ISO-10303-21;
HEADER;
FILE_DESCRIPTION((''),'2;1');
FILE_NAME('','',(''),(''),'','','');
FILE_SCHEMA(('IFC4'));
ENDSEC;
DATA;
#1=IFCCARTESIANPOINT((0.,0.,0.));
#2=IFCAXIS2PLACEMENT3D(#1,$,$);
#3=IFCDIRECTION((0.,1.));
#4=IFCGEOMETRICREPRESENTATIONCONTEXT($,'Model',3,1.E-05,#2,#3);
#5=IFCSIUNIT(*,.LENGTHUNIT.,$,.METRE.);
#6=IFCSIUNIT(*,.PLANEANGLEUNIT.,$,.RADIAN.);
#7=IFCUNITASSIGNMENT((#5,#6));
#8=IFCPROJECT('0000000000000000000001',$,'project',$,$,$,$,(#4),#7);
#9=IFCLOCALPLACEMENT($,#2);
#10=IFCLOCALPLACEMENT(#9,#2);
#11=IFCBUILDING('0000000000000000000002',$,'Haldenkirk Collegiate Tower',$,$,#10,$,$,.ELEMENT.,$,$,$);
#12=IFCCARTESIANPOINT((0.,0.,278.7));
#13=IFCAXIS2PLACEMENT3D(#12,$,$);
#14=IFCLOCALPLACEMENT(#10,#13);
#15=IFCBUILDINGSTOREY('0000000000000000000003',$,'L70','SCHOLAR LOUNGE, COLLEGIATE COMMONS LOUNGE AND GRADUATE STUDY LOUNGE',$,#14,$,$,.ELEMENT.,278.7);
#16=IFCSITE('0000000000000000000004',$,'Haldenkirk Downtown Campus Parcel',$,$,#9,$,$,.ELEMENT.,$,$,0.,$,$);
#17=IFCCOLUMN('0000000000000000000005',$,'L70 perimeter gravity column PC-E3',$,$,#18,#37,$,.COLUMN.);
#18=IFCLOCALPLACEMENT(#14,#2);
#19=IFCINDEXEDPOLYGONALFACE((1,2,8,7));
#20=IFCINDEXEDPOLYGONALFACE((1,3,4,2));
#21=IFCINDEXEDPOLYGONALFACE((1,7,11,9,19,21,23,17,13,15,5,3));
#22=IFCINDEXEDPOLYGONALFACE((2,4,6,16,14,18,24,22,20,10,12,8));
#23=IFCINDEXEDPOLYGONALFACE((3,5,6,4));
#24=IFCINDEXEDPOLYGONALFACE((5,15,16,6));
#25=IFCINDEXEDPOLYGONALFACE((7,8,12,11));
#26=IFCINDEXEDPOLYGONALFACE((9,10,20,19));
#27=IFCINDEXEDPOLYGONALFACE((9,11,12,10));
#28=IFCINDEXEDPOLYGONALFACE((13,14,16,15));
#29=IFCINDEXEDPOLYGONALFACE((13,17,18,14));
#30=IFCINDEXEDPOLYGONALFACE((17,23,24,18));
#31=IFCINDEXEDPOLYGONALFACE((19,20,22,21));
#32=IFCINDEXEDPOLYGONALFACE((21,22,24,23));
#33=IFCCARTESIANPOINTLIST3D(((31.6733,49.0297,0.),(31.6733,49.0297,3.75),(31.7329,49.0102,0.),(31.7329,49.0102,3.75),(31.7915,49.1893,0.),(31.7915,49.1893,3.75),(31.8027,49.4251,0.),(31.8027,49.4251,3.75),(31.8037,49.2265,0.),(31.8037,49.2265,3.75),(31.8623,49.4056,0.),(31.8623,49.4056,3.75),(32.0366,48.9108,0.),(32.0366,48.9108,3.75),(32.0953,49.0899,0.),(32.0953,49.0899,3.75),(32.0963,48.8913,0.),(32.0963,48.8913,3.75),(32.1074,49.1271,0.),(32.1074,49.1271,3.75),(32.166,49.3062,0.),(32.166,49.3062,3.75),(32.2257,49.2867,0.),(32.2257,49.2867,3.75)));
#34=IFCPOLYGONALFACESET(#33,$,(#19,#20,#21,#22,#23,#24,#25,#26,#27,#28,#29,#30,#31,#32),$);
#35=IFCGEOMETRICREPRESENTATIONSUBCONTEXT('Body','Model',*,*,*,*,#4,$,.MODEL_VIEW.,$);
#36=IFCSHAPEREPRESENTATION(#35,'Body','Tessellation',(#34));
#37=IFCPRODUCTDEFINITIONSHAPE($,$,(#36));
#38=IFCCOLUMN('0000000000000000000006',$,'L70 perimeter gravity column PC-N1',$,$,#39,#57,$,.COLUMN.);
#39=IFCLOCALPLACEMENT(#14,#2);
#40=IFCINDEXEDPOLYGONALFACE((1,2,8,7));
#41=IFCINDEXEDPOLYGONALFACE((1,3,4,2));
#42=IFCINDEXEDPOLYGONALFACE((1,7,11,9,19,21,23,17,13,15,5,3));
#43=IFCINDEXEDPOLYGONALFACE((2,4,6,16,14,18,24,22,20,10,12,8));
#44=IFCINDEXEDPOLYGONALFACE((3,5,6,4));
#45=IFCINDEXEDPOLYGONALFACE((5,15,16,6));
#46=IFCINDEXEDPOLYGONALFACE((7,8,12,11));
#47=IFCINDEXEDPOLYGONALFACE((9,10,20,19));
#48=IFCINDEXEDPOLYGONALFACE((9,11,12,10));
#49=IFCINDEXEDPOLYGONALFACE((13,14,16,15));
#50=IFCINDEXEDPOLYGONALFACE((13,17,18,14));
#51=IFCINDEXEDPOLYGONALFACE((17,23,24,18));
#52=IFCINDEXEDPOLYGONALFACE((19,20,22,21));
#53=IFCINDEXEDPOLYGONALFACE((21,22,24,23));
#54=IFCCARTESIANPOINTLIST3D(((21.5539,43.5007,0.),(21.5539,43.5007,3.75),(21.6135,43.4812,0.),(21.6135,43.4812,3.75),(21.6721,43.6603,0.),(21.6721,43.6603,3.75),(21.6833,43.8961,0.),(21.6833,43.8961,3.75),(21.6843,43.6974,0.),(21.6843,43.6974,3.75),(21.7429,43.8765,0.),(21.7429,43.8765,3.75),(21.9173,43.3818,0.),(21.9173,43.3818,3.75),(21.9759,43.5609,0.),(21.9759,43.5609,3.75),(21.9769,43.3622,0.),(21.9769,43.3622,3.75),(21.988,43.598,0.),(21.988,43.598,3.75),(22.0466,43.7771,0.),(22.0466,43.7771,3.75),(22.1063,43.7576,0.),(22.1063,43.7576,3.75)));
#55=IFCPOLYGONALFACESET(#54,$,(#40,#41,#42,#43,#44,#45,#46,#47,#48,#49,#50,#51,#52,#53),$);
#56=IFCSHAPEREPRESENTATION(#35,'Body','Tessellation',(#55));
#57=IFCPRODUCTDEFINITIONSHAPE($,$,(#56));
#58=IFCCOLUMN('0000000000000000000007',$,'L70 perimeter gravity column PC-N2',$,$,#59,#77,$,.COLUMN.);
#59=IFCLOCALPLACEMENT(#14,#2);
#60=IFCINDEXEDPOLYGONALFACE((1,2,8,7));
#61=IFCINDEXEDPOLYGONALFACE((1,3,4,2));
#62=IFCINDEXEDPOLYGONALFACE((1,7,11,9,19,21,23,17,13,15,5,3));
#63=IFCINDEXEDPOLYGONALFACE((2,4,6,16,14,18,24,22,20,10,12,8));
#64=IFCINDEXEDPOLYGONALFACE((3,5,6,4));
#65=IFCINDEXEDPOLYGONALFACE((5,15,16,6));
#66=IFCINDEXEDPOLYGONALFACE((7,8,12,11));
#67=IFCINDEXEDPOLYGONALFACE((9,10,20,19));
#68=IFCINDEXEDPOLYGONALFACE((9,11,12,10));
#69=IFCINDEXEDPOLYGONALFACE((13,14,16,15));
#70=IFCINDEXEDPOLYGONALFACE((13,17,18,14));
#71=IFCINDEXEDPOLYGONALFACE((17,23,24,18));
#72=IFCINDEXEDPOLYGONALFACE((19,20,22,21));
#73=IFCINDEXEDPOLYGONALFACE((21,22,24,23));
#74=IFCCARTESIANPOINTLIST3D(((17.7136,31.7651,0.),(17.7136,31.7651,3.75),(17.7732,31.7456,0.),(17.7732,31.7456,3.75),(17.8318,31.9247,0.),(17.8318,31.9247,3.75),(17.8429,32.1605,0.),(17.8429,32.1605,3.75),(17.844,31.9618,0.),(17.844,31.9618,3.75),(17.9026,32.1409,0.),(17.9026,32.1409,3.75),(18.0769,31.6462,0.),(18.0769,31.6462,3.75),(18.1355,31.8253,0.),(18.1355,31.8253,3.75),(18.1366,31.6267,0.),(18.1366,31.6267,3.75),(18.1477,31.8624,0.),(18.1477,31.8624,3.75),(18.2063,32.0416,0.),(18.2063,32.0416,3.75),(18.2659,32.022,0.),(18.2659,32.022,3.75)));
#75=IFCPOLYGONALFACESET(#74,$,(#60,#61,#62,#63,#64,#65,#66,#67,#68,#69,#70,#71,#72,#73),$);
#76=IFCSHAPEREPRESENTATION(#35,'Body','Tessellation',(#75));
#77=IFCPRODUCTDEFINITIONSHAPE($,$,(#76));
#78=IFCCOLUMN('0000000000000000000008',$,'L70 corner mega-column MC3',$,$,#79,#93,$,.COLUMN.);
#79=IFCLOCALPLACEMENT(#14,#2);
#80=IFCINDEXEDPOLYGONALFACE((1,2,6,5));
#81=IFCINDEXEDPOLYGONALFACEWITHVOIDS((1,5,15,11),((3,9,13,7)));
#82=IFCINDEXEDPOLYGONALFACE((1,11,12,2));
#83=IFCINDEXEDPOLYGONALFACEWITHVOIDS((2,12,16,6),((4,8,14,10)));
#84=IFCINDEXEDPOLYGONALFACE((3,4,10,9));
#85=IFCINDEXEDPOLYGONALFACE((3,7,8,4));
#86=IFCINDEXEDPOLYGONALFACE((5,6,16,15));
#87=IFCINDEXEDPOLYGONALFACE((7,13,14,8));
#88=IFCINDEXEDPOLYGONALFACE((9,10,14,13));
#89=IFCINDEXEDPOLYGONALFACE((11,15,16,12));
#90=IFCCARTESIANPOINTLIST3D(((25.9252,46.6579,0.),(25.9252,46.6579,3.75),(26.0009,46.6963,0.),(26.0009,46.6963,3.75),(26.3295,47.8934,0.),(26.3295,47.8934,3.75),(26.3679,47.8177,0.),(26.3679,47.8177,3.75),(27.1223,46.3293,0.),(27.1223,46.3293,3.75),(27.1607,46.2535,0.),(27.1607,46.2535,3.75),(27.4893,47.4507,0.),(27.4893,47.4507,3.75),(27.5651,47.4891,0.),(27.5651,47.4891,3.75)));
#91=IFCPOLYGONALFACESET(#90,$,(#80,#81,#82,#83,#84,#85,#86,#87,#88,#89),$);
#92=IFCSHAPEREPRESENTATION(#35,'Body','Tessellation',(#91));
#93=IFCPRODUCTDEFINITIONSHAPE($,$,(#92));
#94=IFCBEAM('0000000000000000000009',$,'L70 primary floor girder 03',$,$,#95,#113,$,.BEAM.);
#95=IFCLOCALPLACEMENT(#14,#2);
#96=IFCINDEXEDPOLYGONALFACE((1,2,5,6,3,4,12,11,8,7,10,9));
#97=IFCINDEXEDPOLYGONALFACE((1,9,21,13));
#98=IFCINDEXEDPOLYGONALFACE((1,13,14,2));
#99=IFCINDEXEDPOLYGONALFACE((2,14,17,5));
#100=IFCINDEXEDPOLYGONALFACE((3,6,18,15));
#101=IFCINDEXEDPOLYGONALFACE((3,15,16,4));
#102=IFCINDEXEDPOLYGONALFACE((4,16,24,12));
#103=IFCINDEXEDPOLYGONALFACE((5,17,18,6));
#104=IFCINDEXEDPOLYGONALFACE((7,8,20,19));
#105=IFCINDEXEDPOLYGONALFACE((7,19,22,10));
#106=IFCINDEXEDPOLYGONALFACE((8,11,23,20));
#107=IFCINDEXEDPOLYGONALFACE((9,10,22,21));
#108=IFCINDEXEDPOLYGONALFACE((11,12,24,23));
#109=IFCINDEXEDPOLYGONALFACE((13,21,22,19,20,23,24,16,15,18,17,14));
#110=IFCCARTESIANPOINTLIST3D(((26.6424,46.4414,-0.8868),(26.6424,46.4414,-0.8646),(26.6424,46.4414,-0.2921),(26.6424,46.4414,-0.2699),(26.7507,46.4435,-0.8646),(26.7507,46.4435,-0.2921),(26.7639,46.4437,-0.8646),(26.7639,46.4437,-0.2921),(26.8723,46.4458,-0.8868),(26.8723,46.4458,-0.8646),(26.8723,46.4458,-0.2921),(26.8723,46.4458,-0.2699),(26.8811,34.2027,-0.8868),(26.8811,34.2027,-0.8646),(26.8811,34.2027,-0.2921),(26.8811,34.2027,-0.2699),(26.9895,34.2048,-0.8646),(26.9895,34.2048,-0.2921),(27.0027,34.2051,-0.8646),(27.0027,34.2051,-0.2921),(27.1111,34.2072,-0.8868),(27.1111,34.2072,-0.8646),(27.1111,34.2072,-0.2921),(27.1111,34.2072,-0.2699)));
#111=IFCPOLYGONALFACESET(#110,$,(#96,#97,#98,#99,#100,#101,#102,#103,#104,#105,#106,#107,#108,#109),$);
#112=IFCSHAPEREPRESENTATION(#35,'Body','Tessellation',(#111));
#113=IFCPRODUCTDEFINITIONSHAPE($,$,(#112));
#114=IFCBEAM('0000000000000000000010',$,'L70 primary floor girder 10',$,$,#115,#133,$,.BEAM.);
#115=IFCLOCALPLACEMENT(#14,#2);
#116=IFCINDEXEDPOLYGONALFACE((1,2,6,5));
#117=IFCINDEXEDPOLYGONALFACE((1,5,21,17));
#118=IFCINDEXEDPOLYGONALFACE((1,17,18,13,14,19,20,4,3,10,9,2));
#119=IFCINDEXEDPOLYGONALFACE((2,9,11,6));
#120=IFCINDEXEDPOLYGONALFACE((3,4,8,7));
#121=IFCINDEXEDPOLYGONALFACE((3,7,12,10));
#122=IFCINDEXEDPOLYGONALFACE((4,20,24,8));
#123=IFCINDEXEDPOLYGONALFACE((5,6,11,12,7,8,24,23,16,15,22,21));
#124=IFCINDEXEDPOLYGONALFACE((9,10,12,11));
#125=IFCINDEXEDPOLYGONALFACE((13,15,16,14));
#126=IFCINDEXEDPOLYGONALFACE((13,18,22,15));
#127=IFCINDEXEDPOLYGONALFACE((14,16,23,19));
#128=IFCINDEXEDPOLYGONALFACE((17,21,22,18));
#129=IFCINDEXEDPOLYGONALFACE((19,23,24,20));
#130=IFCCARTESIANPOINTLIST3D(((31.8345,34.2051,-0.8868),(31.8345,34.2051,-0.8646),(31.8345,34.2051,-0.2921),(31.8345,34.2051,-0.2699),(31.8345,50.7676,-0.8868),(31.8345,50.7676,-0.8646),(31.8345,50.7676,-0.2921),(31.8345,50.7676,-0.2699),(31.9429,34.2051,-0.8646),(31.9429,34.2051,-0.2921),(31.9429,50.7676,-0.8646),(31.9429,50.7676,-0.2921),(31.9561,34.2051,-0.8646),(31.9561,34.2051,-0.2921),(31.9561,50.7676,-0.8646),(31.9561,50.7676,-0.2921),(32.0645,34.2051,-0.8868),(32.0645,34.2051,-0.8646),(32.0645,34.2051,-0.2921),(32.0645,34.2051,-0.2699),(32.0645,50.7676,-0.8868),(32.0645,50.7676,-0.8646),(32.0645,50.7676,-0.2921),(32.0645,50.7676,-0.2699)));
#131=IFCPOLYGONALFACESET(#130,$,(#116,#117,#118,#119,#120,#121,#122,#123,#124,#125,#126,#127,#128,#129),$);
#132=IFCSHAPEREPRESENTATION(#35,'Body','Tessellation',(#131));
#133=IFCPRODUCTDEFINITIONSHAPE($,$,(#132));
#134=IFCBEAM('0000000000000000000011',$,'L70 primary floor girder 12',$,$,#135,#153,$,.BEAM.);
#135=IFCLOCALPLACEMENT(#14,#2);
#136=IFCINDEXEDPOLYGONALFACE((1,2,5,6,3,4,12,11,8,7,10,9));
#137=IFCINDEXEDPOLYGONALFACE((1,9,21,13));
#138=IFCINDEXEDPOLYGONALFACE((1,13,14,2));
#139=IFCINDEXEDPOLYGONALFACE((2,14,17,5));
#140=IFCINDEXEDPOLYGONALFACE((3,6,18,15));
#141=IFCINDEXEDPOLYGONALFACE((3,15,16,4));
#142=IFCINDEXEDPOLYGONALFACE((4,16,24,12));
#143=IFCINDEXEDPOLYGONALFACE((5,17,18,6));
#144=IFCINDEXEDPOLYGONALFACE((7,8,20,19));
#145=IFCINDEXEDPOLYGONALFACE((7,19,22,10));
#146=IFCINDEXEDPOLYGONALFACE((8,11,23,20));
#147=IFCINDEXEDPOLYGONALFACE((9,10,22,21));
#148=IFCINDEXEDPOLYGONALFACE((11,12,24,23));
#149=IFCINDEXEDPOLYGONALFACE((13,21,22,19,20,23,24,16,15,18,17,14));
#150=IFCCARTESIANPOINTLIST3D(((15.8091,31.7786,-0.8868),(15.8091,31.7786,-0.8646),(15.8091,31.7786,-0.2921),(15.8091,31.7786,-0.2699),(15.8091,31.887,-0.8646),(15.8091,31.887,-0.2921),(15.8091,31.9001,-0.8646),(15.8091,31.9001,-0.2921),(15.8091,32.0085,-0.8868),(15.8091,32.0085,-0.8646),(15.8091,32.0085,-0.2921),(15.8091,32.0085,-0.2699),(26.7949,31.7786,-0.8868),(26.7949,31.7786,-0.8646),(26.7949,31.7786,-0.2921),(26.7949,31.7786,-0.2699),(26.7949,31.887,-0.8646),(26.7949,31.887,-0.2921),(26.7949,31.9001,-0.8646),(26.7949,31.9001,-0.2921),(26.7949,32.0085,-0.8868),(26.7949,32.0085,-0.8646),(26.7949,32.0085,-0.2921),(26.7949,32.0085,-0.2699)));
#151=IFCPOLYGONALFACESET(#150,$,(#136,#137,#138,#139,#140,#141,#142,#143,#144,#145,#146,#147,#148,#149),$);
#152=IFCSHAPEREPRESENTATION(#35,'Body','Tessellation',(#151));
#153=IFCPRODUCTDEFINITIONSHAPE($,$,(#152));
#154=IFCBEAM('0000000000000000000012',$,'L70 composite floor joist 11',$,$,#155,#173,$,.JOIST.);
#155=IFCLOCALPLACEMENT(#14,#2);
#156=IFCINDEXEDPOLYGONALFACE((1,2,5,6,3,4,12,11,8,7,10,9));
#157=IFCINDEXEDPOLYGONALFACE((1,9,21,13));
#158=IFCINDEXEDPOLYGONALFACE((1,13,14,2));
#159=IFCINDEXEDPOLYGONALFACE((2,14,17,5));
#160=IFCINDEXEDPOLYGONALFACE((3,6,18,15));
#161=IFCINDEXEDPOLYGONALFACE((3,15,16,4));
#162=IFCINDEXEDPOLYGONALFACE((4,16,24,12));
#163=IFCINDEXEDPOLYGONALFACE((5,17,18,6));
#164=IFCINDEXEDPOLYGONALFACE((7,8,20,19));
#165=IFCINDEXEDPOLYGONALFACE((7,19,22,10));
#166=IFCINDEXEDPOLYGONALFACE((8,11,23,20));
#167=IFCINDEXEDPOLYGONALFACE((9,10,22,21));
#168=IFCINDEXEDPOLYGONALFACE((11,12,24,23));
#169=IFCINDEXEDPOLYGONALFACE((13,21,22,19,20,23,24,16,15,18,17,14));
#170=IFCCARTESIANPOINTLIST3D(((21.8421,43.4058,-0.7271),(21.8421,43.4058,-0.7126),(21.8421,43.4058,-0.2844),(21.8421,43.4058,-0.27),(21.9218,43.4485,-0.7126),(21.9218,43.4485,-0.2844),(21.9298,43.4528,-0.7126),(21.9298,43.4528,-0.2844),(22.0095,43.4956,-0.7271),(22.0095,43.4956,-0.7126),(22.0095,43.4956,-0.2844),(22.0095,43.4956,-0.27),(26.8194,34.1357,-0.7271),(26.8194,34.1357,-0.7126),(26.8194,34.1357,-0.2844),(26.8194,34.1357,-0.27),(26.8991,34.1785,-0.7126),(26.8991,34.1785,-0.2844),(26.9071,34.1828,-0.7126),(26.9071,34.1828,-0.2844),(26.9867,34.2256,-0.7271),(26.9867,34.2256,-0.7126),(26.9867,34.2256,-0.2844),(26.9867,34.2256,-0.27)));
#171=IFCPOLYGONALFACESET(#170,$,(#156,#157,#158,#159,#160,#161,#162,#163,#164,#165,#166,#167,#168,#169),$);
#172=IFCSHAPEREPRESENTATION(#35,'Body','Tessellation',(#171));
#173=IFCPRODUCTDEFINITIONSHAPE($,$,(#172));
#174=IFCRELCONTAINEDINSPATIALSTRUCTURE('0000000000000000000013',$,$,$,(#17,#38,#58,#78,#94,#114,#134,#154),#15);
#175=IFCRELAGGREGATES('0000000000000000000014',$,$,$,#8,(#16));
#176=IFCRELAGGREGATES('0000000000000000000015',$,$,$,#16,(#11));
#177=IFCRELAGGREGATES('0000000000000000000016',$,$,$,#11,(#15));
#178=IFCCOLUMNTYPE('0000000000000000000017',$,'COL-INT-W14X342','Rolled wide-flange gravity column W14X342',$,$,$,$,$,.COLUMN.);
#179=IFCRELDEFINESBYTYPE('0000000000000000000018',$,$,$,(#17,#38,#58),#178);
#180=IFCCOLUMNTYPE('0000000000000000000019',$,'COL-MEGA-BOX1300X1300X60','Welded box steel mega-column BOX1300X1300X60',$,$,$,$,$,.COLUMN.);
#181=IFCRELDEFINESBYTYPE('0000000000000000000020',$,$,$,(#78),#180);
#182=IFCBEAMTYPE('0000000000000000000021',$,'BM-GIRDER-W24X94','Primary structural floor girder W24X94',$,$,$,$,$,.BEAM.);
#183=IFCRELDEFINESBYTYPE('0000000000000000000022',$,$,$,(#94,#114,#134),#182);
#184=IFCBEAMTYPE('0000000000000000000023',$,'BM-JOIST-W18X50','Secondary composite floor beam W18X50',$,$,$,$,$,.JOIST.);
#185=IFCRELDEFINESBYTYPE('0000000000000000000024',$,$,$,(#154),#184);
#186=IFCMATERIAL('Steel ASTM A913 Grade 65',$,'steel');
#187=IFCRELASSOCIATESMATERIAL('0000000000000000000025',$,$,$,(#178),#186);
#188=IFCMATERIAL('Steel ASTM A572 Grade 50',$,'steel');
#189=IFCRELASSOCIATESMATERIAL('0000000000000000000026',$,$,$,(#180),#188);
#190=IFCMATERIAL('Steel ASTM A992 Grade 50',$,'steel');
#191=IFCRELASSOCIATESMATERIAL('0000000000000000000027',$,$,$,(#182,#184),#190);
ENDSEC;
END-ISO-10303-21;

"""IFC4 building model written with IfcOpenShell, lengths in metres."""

from ifc_helpers import new_model, si_unit, direction, frame, origin, origin_2d, place, context, subcontext, project, spatial, hollow_rectangle, i_section, extrude, material, material_profile, profile_set, type_object, element, save


model = new_model("IFC4")

# Units and contexts
model_context = context("Model", 3, precision=1e-05, world=origin(), true_north=direction((0.0, 1.0)))
body_context = subcontext(model_context, "Body", "Model", "MODEL_VIEW")
ifc_project = project(units=[si_unit("LENGTHUNIT", "METRE"), si_unit("PLANEANGLEUNIT", "RADIAN")], contexts=[model_context])

# Site, building, storey
site_placement = place(None, origin())
site = spatial("IfcSite", under=ifc_project, at=site_placement, Name="Haldenkirk Downtown Campus Parcel", CompositionType="ELEMENT", RefElevation=0.0)
building_placement = place(site_placement, origin())
building = spatial("IfcBuilding", under=site, at=building_placement, Name="Haldenkirk Collegiate Tower", CompositionType="ELEMENT")
storey_placement = place(building_placement, frame((0.0, 0.0, 278.7)))
storey = spatial("IfcBuildingStorey", under=building, at=storey_placement, Name="L70", Description="SCHOLAR LOUNGE, COLLEGIATE COMMONS LOUNGE AND GRADUATE STUDY LOUNGE", CompositionType="ELEMENT", Elevation=278.7)

# Columns
ifc_material_1 = material(Name="Steel ASTM A913 Grade 65", Category="steel")
ifc_material_profile_1 = material_profile(ifc_material_1, i_section(OverallWidth=0.416, OverallDepth=0.4451, WebThickness=0.0391, FlangeThickness=0.0627, at=origin_2d()), Name="W14X342")
ifc_profile_set_1 = profile_set([ifc_material_profile_1], Name="Steel ASTM A913 Grade 65")
column_type_1 = type_object("IfcColumnType", Name="COL-INT-W14X342", Description="Rolled wide-flange gravity column W14X342", PredefinedType="COLUMN", material=ifc_profile_set_1)
for number, where, z_axis, x_axis, name in (
    (1, (31.9495, 49.1582, 0.0), (0.0, 0.0, 1.0), (0.311008, 0.950407, 0.0), "L70 perimeter gravity column PC-E3"),
    (2, (21.8301, 43.6292, 0.0), (0.0, 0.0, 1.0), (0.311008, 0.950407, 0.0), "L70 perimeter gravity column PC-N1"),
    (3, (17.9897, 31.8936, 0.0), (0.0, 0.0, 1.0), (0.311008, 0.950407, 0.0), "L70 perimeter gravity column PC-N2"),
):
    element("IfcColumn", number, at=place(storey_placement, frame(where, z_axis=z_axis, x_axis=x_axis)), inside=storey, type_object=column_type_1, Name=name, PredefinedType="COLUMN", context=body_context, shape_type="SweptSolid", body=[
        extrude(i_section(OverallWidth=0.416, OverallDepth=0.4451, WebThickness=0.0391, FlangeThickness=0.0627, at=origin_2d()), origin(), (0.0, 0.0, 1.0), 3.75),
    ])
ifc_material_2 = material(Name="Steel ASTM A572 Grade 50", Category="steel")
ifc_material_profile_2 = material_profile(ifc_material_2, hollow_rectangle(XDim=1.3, YDim=1.3, WallThickness=0.0601, at=origin_2d()), Name="BOX1300X1300X60")
ifc_profile_set_2 = profile_set([ifc_material_profile_2], Name="Steel ASTM A572 Grade 50")
column_type_2 = type_object("IfcColumnType", Name="COL-MEGA-BOX1300X1300X60", Description="Welded box steel mega-column BOX1300X1300X60", PredefinedType="COLUMN", material=ifc_profile_set_2)
column_placement = place(storey_placement, frame((26.7451, 47.0735, 0.0), z_axis=(0.0, 0.0, 1.0), x_axis=(0.311008, 0.950407, 0.0)))
element("IfcColumn", 4, at=column_placement, inside=storey, type_object=column_type_2, Name="L70 corner mega-column MC3", PredefinedType="COLUMN", context=body_context, shape_type="SweptSolid", body=[
    extrude(hollow_rectangle(XDim=1.3, YDim=1.3, WallThickness=0.0601, at=origin_2d()), origin(), (0.0, 0.0, 1.0), 3.75),
])

# Beams
ifc_material_3 = material(Name="Steel ASTM A992 Grade 50", Category="steel")
ifc_material_profile_3 = material_profile(ifc_material_3, i_section(OverallWidth=0.23, OverallDepth=0.6169, WebThickness=0.0132, FlangeThickness=0.0222, at=origin_2d()), Name="W24X94")
ifc_profile_set_3 = profile_set([ifc_material_profile_3], Name="Steel ASTM A992 Grade 50")
beam_type_1 = type_object("IfcBeamType", Name="BM-GIRDER-W24X94", Description="Primary structural floor girder W24X94", PredefinedType="BEAM", material=ifc_profile_set_3)
beam_1_placement = place(storey_placement, frame((26.7573, 46.4436, -0.5784), z_axis=(0.019506, -0.99981, 0.0), x_axis=(0.99981, 0.019506, 0.0)))
element("IfcBeam", 5, at=beam_1_placement, inside=storey, type_object=beam_type_1, Name="L70 primary floor girder 03", PredefinedType="BEAM", context=body_context, shape_type="SweptSolid", body=[
    extrude(i_section(OverallWidth=0.23, OverallDepth=0.6169, WebThickness=0.0132, FlangeThickness=0.0222, at=origin_2d()), origin(), (0.0, 0.0, 1.0), 12.241),
])
beam_2_placement = place(storey_placement, frame((31.9495, 50.7676, -0.5784), z_axis=(0.0, -1.0, 0.0), x_axis=(1.0, 0.0, 0.0)))
element("IfcBeam", 6, at=beam_2_placement, inside=storey, type_object=beam_type_1, Name="L70 primary floor girder 10", PredefinedType="BEAM", context=body_context, shape_type="SweptSolid", body=[
    extrude(i_section(OverallWidth=0.23, OverallDepth=0.6169, WebThickness=0.0132, FlangeThickness=0.0222, at=origin_2d()), origin(), (0.0, 0.0, 1.0), 16.5625),
])
beam_3_placement = place(storey_placement, frame((15.8091, 31.8936, -0.5784), z_axis=(1.0, 0.0, 0.0), x_axis=(0.0, 1.0, 0.0)))
element("IfcBeam", 7, at=beam_3_placement, inside=storey, type_object=beam_type_1, Name="L70 primary floor girder 12", PredefinedType="BEAM", context=body_context, shape_type="SweptSolid", body=[
    extrude(i_section(OverallWidth=0.23, OverallDepth=0.6169, WebThickness=0.0132, FlangeThickness=0.0222, at=origin_2d()), origin(), (0.0, 0.0, 1.0), 10.9858),
])
ifc_material_profile_4 = material_profile(ifc_material_3, i_section(OverallWidth=0.1899, OverallDepth=0.457, WebThickness=0.009, FlangeThickness=0.0144, at=origin_2d()), Name="W18X50")
ifc_profile_set_4 = profile_set([ifc_material_profile_4], Name="Steel ASTM A992 Grade 50")
beam_type_2 = type_object("IfcBeamType", Name="BM-JOIST-W18X50", Description="Secondary composite floor beam W18X50", PredefinedType="JOIST", material=ifc_profile_set_4)
beam_4_placement = place(storey_placement, frame((21.9258, 43.4507, -0.4985), z_axis=(0.473049, -0.881036, 0.0), x_axis=(0.881036, 0.473049, 0.0)))
element("IfcBeam", 8, at=beam_4_placement, inside=storey, type_object=beam_type_2, Name="L70 composite floor joist 11", PredefinedType="JOIST", context=body_context, shape_type="SweptSolid", body=[
    extrude(i_section(OverallWidth=0.1899, OverallDepth=0.457, WebThickness=0.009, FlangeThickness=0.0144, at=origin_2d()), origin(), (0.0, 0.0, 1.0), 10.5217),
])

save(model, "model.ifc")
